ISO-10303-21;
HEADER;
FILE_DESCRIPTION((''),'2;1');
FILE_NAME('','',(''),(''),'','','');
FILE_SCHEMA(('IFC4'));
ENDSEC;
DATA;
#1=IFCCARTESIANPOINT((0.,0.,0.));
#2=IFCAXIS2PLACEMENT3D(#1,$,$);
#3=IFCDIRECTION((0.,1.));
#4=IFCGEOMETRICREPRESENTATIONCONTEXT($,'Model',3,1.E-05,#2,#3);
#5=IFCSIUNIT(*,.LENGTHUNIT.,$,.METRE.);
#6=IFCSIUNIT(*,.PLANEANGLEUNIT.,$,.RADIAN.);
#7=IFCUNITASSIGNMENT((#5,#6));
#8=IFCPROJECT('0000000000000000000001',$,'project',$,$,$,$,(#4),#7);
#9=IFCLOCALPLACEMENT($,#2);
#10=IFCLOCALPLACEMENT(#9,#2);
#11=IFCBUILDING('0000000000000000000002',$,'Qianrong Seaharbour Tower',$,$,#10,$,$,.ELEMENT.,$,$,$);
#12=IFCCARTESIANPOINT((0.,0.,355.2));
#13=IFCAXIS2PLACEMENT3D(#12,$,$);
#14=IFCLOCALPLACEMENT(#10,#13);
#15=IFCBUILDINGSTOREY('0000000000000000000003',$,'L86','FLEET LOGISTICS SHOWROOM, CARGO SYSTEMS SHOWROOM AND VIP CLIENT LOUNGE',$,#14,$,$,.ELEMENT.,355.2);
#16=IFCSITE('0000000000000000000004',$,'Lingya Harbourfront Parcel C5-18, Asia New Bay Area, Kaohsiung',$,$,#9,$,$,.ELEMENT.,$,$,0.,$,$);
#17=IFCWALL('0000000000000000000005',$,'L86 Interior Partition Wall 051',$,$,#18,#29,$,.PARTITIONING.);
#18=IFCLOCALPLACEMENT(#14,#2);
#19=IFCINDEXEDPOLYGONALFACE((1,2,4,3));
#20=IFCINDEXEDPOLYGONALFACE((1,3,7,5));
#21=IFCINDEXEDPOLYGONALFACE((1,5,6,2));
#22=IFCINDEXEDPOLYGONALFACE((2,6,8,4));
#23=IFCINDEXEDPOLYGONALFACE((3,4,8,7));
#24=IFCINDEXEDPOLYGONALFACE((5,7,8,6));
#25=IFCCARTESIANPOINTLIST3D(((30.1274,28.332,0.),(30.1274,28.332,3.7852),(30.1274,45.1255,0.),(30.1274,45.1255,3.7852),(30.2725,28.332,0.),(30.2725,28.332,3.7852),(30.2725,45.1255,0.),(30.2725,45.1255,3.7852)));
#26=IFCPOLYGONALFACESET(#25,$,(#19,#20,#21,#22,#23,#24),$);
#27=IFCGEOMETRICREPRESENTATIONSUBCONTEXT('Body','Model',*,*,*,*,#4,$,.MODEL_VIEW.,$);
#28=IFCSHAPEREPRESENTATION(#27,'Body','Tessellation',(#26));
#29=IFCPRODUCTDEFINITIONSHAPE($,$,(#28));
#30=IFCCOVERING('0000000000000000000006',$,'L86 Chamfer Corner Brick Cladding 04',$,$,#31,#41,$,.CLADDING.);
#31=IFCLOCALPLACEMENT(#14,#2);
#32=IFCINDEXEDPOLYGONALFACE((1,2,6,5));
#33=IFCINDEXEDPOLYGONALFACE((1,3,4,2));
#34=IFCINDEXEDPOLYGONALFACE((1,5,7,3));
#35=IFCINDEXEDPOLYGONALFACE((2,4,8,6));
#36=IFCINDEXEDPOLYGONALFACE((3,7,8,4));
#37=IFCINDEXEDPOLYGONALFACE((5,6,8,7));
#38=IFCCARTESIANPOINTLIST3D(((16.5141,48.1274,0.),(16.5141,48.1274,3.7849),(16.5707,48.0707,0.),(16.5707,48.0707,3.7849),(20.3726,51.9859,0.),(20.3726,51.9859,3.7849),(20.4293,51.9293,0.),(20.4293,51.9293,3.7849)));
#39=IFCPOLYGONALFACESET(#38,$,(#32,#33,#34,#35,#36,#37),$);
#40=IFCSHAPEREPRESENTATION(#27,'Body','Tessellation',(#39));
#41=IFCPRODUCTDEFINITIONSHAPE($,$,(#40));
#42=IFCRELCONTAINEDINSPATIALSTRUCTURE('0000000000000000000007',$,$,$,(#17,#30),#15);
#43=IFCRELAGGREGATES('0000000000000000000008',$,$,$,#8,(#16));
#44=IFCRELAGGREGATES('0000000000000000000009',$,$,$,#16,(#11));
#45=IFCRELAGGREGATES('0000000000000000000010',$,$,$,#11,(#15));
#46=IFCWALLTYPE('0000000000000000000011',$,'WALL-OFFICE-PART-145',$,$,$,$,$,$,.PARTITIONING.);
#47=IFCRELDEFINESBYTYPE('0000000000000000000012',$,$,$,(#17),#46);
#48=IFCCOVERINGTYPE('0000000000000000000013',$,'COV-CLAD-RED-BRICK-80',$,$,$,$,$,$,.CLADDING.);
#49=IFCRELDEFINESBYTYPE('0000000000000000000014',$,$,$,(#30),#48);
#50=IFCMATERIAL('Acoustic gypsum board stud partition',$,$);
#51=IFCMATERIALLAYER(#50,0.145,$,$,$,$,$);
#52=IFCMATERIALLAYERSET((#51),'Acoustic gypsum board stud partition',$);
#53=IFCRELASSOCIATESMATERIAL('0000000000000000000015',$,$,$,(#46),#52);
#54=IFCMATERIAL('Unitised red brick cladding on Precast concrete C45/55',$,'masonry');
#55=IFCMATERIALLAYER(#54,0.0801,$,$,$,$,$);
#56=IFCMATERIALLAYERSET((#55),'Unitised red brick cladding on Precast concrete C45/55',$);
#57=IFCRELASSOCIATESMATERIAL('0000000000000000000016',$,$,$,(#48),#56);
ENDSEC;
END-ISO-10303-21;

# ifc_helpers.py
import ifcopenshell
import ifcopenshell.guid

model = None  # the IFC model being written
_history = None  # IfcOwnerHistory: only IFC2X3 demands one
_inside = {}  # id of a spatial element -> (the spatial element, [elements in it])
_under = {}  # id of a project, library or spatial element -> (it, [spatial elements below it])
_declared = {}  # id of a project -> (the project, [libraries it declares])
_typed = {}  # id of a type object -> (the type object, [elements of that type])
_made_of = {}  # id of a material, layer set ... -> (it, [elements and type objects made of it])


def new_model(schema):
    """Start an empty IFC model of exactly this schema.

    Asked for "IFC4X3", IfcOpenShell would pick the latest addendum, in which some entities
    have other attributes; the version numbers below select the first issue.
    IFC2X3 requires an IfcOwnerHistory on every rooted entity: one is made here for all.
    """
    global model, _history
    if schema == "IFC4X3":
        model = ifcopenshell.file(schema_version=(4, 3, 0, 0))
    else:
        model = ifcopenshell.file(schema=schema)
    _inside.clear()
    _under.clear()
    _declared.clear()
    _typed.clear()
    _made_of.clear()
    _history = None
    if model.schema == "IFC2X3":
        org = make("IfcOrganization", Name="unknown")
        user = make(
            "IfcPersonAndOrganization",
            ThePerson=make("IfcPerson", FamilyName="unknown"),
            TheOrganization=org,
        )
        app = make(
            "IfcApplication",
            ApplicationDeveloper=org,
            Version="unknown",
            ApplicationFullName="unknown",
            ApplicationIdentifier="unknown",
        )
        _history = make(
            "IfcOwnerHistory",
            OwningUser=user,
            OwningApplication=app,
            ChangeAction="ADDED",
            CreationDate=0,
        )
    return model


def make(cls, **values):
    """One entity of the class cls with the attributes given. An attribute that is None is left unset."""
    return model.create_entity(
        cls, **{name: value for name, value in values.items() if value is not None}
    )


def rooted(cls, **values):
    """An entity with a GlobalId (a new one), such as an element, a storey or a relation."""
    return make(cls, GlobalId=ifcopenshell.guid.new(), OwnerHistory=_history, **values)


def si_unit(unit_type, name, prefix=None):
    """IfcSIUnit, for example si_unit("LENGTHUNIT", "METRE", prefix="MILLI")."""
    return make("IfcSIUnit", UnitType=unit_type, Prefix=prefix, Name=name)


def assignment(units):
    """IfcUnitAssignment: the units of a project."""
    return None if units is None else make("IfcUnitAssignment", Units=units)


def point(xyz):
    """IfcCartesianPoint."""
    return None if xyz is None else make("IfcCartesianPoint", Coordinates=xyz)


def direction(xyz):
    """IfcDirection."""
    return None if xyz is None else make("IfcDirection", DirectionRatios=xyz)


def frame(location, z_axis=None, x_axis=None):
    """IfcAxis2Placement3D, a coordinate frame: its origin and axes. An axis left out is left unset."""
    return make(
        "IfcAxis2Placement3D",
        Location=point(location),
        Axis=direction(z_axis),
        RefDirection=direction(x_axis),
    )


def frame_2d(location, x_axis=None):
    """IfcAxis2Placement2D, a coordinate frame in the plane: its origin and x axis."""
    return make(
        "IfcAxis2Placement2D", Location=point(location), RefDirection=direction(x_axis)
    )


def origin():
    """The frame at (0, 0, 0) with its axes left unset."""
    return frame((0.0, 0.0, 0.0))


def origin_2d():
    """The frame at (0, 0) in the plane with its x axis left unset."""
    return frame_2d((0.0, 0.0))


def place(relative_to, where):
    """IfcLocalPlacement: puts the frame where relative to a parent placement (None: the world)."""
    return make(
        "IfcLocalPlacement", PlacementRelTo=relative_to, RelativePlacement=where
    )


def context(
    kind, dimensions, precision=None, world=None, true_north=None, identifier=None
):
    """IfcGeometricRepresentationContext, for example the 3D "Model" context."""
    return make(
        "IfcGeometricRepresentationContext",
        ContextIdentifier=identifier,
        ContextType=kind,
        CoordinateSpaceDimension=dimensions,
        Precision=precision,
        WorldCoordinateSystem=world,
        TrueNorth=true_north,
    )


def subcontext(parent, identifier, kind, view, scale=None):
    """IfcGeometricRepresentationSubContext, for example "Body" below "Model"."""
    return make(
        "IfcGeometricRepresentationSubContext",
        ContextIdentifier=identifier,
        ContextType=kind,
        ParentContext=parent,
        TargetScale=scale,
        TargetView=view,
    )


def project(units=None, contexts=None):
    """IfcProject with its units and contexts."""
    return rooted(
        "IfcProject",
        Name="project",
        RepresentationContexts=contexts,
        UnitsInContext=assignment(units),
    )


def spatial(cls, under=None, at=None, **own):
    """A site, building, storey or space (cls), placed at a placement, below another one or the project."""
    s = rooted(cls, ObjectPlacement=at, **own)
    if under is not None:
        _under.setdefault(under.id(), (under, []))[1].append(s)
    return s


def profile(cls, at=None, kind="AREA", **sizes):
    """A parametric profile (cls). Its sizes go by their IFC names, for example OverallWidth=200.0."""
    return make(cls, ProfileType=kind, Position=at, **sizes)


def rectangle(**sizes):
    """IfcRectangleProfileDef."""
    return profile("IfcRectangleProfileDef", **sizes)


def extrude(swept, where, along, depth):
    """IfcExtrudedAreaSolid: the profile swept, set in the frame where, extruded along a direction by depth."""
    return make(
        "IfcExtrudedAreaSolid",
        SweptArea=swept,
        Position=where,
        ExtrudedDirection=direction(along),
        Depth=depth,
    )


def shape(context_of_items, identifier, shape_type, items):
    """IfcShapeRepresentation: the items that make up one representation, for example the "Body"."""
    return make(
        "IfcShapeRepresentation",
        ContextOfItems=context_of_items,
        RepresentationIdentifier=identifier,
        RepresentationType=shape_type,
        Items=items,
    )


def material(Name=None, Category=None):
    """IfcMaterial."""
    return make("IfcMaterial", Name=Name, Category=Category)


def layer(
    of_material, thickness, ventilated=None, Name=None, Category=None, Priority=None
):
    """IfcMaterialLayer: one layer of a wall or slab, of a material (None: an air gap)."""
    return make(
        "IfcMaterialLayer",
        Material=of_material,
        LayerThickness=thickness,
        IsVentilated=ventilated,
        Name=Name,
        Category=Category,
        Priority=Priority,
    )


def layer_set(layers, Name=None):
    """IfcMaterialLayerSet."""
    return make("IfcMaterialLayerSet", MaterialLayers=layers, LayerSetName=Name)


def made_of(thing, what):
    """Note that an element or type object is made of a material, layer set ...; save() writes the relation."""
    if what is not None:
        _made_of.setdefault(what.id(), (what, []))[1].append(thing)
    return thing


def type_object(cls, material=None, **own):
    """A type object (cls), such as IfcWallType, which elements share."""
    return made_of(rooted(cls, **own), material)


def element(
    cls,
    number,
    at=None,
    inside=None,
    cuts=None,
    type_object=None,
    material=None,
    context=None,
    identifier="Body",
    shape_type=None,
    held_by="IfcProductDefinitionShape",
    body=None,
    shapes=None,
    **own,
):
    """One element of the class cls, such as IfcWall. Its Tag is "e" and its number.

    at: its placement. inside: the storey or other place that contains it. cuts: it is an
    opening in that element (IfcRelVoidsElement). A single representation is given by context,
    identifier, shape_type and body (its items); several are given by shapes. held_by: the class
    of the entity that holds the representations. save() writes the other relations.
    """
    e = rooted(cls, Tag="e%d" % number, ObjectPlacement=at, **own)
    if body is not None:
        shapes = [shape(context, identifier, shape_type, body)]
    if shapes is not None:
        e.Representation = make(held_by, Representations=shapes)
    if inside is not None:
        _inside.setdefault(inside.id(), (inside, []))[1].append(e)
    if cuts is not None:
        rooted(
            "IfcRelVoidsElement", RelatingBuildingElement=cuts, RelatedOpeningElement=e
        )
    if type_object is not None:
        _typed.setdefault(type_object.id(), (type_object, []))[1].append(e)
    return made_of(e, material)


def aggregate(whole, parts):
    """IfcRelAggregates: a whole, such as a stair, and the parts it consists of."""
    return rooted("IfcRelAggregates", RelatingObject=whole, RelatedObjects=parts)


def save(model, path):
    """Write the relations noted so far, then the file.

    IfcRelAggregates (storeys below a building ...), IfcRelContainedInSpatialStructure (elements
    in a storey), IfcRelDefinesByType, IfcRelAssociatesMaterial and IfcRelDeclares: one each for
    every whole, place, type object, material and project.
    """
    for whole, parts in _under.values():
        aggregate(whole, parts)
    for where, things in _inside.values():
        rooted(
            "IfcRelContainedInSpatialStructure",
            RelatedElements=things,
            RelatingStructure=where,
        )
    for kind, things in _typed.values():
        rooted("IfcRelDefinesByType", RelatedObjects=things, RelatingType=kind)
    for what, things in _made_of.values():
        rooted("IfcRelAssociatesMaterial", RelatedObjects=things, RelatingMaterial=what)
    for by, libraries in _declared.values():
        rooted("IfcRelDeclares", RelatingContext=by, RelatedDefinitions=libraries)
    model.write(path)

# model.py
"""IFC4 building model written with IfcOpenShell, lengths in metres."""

from ifc_helpers import new_model, si_unit, direction, frame, frame_2d, origin, origin_2d, place, context, subcontext, project, spatial, rectangle, extrude, material, layer, layer_set, type_object, element, save


model = new_model("IFC4")

# Units and contexts
model_context = context("Model", 3, precision=1e-05, world=origin(), true_north=direction((0.0, 1.0)))
body_context = subcontext(model_context, "Body", "Model", "MODEL_VIEW")
ifc_project = project(units=[si_unit("LENGTHUNIT", "METRE"), si_unit("PLANEANGLEUNIT", "RADIAN")], contexts=[model_context])

# Site, building, storey
site_placement = place(None, origin())
site = spatial("IfcSite", under=ifc_project, at=site_placement, Name="Lingya Harbourfront Parcel C5-18, Asia New Bay Area, Kaohsiung", CompositionType="ELEMENT", RefElevation=0.0)
building_placement = place(site_placement, origin())
building = spatial("IfcBuilding", under=site, at=building_placement, Name="Qianrong Seaharbour Tower", CompositionType="ELEMENT")
storey_placement = place(building_placement, frame((0.0, 0.0, 355.2)))
storey = spatial("IfcBuildingStorey", under=building, at=storey_placement, Name="L86", Description="FLEET LOGISTICS SHOWROOM, CARGO SYSTEMS SHOWROOM AND VIP CLIENT LOUNGE", CompositionType="ELEMENT", Elevation=355.2)

# Wall
ifc_material_1 = material(Name="Acoustic gypsum board stud partition")
ifc_layer_1 = layer(ifc_material_1, 0.145)
ifc_layer_set_1 = layer_set([ifc_layer_1], Name="Acoustic gypsum board stud partition")
wall_type_1 = type_object("IfcWallType", Name="WALL-OFFICE-PART-145", PredefinedType="PARTITIONING", material=ifc_layer_set_1)
for number, where, z_axis, x_axis, name in (
    (1, (30.2, 45.1255, 0.0), (0.0, 0.0, 1.0), (0.0, -1.0, 0.0), "L86 Interior Partition Wall 051"),
):
    element("IfcWall", number, at=place(storey_placement, frame(where, z_axis=z_axis, x_axis=x_axis)), inside=storey, type_object=wall_type_1, Name=name, PredefinedType="PARTITIONING", context=body_context, shape_type="SweptSolid", body=[
        extrude(rectangle(XDim=16.7935, YDim=0.145, at=frame_2d((8.3967, 0.0))), origin(), (0.0, 0.0, 1.0), 3.7852),
    ])

# Covering
ifc_material_2 = material(Name="Unitised red brick cladding on Precast concrete C45/55", Category="masonry")
ifc_layer_2 = layer(ifc_material_2, 0.0801)
ifc_layer_set_2 = layer_set([ifc_layer_2], Name="Unitised red brick cladding on Precast concrete C45/55")
covering_type = type_object("IfcCoveringType", Name="COV-CLAD-RED-BRICK-80", PredefinedType="CLADDING", material=ifc_layer_set_2)
covering_placement = place(storey_placement, frame((18.4717, 50.0283, 0.0), z_axis=(0.0, 0.0, 1.0), x_axis=(0.707107, 0.707107, 0.0)))
element("IfcCovering", 2, at=covering_placement, inside=storey, type_object=covering_type, Name="L86 Chamfer Corner Brick Cladding 04", PredefinedType="CLADDING", context=body_context, shape_type="SweptSolid", body=[
    extrude(rectangle(XDim=5.4568, YDim=0.0801, at=origin_2d()), origin(), (0.0, 0.0, 1.0), 3.7849),
])

save(model, "model.ifc")
